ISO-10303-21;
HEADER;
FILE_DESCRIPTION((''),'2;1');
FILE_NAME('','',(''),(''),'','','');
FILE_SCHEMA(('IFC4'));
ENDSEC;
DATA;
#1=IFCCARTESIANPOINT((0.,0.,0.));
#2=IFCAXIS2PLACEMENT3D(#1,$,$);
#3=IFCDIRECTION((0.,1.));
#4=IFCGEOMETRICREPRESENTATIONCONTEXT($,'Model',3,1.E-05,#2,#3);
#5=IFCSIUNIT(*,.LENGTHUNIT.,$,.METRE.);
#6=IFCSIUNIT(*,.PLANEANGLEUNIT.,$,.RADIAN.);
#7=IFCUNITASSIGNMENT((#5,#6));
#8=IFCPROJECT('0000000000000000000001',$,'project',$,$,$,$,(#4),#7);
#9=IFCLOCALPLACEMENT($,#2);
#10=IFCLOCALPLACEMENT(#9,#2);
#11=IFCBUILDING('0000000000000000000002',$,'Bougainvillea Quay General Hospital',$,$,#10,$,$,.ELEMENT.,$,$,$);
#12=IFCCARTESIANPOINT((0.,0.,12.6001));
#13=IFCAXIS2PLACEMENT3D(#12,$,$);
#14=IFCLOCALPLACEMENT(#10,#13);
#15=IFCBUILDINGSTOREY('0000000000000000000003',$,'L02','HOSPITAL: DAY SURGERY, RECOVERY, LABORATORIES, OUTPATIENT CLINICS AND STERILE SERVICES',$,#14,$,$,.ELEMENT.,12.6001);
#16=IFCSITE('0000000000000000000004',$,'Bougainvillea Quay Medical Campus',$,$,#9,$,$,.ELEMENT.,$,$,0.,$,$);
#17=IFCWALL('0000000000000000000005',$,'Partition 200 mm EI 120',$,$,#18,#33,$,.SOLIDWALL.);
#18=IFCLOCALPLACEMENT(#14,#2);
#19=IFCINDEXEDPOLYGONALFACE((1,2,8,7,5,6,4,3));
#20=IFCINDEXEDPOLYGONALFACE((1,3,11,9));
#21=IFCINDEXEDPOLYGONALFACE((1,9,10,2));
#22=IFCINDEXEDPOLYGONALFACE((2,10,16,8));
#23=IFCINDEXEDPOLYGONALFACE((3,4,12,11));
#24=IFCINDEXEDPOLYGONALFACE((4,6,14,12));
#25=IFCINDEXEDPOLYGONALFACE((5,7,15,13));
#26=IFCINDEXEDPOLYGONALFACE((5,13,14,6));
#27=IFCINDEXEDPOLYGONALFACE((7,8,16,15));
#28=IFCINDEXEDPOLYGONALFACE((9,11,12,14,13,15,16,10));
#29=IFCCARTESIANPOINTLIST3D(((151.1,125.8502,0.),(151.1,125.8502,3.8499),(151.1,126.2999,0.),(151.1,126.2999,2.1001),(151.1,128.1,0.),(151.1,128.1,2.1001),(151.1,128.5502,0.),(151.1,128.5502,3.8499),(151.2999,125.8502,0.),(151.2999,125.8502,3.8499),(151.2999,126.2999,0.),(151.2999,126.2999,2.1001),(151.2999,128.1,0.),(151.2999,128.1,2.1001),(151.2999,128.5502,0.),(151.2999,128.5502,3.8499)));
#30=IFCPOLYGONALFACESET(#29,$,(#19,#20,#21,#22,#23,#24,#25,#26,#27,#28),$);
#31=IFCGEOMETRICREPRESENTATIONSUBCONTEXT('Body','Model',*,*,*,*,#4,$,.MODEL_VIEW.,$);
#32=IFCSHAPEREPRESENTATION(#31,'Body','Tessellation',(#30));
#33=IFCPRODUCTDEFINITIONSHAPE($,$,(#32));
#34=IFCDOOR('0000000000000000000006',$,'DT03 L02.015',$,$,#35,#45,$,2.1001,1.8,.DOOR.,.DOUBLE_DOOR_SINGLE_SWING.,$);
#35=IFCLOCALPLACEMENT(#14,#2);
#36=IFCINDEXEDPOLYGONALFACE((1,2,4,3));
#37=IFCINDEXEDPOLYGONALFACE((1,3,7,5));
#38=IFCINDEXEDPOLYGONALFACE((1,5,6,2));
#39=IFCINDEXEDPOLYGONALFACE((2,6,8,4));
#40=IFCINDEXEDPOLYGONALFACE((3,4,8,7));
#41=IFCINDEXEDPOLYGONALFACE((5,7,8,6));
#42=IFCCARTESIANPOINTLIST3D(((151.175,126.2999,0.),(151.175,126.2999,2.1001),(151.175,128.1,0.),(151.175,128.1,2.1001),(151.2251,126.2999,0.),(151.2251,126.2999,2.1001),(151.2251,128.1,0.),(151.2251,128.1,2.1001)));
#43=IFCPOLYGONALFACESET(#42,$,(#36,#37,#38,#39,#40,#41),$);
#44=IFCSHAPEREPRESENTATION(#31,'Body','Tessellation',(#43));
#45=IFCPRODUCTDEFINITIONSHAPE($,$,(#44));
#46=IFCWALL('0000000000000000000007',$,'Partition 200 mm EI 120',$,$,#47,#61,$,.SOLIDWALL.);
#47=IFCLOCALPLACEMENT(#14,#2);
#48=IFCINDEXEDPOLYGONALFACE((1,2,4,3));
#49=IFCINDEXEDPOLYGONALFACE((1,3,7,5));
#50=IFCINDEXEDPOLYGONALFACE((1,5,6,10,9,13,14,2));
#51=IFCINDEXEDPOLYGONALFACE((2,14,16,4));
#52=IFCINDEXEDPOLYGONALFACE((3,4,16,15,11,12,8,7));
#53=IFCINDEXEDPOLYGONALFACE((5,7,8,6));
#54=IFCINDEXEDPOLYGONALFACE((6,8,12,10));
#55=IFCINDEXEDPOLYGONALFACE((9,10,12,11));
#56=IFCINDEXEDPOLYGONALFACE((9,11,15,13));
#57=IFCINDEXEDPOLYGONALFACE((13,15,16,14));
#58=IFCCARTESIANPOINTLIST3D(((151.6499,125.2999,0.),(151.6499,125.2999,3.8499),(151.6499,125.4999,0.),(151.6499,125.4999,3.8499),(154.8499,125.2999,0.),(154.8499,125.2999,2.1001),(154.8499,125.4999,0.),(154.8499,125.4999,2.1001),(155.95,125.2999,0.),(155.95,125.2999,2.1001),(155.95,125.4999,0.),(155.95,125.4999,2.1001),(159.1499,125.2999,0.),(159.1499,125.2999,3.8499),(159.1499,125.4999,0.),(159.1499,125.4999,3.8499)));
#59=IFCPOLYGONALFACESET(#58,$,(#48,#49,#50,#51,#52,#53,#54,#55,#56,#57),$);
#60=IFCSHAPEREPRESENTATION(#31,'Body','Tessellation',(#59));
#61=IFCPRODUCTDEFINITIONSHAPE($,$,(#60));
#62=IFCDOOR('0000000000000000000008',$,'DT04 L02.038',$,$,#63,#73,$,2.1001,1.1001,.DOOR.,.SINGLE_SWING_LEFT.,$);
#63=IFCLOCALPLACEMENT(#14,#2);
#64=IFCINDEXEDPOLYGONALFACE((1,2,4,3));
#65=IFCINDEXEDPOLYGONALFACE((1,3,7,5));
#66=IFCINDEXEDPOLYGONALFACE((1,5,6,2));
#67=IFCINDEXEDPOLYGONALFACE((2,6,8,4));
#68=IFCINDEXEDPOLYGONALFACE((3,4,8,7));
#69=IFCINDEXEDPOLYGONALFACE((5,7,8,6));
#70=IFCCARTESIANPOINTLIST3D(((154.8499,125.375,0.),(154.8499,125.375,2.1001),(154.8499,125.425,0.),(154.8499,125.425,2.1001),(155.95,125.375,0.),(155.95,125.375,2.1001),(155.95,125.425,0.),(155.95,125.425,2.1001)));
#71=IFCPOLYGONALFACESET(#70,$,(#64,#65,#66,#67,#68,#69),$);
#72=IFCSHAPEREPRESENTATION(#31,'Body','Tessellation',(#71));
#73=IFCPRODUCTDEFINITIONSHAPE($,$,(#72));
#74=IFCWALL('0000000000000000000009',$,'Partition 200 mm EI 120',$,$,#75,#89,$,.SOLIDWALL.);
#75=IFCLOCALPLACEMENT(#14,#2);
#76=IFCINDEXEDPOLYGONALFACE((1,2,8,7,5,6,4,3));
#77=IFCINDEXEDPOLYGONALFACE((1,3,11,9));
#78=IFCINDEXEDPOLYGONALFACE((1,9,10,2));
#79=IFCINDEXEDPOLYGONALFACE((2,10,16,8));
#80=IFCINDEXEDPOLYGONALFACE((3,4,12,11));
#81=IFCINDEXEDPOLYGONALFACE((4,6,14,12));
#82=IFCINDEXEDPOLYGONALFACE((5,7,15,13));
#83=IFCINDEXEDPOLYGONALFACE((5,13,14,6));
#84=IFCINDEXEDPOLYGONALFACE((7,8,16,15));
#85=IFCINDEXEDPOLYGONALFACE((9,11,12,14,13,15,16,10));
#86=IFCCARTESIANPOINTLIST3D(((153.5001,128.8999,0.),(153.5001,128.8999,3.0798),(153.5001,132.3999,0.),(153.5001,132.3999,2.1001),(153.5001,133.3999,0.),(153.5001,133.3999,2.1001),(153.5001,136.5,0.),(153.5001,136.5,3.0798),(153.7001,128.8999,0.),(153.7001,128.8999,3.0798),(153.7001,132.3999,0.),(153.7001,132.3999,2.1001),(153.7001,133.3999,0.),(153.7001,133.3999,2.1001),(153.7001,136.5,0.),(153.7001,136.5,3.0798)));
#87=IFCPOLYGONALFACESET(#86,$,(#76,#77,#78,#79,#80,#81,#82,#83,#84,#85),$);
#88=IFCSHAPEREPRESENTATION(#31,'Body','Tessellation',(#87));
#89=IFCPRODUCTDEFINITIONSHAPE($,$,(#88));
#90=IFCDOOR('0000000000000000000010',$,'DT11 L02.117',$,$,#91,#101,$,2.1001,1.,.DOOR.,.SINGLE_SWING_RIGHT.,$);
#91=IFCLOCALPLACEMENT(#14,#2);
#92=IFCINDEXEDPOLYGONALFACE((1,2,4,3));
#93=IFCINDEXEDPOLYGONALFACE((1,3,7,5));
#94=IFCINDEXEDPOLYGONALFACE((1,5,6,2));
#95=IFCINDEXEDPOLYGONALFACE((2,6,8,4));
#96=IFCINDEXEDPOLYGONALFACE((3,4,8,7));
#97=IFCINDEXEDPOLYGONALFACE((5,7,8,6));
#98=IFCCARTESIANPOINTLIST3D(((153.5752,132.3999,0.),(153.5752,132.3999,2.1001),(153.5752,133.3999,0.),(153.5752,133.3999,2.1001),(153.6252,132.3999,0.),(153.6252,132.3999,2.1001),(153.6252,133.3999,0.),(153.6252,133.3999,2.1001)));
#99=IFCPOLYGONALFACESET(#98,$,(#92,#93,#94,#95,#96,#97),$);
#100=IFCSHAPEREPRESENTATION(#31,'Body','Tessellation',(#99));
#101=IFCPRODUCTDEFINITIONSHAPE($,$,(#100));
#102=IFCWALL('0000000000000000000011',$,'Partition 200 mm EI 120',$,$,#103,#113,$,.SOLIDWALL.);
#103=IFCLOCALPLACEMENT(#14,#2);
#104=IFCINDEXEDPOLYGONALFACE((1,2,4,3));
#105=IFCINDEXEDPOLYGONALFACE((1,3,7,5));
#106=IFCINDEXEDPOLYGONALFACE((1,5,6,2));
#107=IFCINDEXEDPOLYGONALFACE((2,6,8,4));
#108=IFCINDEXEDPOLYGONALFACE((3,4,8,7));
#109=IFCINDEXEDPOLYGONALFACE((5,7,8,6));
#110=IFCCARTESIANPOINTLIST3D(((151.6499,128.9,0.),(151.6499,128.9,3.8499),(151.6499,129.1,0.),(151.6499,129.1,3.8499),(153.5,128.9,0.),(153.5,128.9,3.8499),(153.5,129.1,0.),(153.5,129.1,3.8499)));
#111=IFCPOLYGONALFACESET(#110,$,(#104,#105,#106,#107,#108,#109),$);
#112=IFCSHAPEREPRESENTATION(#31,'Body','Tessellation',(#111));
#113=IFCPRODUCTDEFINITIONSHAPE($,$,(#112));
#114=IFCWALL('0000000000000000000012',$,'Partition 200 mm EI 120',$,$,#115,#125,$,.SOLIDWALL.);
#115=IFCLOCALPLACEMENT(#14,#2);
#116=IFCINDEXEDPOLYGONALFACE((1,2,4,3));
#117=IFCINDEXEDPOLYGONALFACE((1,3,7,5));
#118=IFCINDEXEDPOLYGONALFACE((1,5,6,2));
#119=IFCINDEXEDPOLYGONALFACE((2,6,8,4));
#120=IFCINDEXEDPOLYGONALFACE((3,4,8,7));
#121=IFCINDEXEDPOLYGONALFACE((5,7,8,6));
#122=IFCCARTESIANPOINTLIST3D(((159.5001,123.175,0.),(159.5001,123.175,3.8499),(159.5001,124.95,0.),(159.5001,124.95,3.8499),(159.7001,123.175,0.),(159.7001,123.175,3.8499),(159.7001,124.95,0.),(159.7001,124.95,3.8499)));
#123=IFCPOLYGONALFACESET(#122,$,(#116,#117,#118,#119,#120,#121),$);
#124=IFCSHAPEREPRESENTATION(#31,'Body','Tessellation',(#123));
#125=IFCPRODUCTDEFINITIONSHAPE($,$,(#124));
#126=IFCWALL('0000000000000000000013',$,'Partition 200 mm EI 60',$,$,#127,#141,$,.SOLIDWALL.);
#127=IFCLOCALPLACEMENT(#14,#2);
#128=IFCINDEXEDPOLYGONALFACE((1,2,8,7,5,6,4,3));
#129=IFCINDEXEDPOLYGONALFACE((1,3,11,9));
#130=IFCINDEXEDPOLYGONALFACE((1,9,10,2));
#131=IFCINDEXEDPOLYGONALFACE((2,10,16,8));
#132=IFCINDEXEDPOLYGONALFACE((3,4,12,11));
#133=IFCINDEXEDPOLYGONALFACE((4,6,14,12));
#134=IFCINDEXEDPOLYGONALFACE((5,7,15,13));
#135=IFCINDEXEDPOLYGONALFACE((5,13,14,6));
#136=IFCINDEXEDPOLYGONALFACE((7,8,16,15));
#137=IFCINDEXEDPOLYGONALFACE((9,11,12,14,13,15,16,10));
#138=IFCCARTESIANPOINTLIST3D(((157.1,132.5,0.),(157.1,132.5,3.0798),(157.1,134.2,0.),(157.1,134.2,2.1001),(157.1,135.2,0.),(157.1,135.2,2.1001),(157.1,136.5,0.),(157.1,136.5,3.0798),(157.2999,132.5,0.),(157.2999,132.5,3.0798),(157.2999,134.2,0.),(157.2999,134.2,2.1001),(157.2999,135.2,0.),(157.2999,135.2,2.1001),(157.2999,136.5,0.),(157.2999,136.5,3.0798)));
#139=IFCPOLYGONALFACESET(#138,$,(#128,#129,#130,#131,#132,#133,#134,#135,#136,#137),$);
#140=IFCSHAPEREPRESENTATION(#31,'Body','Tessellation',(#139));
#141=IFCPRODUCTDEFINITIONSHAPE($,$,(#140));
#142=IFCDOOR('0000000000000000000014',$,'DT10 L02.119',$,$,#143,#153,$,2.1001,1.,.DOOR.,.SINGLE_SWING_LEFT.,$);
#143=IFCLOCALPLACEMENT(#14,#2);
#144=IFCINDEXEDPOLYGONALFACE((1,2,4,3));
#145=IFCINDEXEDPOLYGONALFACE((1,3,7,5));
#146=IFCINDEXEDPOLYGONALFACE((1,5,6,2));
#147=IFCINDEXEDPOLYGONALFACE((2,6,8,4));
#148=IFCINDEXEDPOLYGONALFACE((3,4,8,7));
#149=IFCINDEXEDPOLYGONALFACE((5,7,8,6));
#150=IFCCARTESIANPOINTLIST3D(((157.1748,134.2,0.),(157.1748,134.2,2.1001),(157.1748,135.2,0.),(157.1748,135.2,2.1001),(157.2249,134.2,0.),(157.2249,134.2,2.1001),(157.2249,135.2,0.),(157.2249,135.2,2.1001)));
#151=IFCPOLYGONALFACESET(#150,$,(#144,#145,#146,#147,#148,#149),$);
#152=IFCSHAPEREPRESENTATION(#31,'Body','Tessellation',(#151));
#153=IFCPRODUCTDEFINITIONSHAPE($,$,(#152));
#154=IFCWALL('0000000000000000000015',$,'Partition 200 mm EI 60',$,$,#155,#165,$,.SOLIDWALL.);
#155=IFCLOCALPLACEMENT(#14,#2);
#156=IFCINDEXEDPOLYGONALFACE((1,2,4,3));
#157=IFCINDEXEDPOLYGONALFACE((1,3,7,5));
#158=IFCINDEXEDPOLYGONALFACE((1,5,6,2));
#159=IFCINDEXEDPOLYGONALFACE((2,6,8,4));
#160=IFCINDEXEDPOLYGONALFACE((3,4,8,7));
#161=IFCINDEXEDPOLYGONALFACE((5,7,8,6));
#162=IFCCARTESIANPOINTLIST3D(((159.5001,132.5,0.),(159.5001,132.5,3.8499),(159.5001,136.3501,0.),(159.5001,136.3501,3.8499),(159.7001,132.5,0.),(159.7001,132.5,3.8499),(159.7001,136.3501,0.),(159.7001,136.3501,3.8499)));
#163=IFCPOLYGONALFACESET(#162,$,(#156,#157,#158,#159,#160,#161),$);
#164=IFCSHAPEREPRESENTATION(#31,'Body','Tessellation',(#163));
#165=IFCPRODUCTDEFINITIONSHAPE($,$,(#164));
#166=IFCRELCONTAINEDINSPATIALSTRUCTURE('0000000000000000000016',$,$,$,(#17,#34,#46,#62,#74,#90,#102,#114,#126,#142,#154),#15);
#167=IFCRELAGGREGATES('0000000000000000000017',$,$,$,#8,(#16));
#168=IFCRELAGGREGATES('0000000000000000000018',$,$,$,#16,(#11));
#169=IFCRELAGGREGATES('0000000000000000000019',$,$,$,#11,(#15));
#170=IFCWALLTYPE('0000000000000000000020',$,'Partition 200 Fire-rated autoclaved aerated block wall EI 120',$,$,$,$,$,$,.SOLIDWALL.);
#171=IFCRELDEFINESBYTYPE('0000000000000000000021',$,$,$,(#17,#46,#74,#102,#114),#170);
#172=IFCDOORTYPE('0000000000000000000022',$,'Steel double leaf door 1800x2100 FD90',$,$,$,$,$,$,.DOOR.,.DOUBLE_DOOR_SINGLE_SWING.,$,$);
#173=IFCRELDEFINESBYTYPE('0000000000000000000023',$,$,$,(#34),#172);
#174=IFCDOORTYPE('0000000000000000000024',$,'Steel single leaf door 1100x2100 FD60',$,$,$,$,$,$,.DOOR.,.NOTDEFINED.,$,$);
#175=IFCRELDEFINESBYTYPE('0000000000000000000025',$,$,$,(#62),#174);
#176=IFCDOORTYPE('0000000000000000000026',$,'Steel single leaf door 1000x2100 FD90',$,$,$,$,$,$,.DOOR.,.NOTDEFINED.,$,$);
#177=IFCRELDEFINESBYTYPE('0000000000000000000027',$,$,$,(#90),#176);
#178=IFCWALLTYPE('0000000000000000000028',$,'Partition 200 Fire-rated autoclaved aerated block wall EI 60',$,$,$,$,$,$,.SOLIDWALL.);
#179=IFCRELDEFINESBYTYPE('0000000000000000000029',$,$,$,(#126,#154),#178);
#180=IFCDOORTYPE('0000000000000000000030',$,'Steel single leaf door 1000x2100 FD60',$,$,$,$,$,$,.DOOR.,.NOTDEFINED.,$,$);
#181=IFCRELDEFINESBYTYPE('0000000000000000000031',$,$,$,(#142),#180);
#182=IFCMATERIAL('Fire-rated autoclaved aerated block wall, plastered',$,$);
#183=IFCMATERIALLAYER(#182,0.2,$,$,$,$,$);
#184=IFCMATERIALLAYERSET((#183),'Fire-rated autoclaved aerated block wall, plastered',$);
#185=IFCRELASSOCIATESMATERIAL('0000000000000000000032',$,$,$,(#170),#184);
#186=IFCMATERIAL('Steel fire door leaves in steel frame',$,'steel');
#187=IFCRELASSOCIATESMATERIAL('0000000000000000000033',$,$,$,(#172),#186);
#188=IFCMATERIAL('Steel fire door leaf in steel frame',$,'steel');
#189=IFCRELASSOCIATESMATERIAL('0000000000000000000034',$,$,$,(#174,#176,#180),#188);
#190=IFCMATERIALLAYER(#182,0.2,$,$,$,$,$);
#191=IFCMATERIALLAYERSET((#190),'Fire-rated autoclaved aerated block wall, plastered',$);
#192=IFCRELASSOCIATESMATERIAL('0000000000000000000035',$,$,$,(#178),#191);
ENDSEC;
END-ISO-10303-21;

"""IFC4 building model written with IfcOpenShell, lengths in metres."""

from ifc_helpers import new_model, si_unit, direction, frame, frame_2d, origin, place, context, subcontext, project, spatial, rectangle, extrude, material, layer, layer_set, type_object, element, fill, save


model = new_model("IFC4")

# Units and contexts
model_context = context("Model", 3, precision=1e-05, world=origin(), true_north=direction((0.0, 1.0)))
body_context = subcontext(model_context, "Body", "Model", "MODEL_VIEW")
ifc_project = project(units=[si_unit("LENGTHUNIT", "METRE"), si_unit("PLANEANGLEUNIT", "RADIAN")], contexts=[model_context])

# Site, building, storey
site_placement = place(None, origin())
site = spatial("IfcSite", under=ifc_project, at=site_placement, Name="Bougainvillea Quay Medical Campus", CompositionType="ELEMENT", RefElevation=0.0)
building_placement = place(site_placement, origin())
building = spatial("IfcBuilding", under=site, at=building_placement, Name="Bougainvillea Quay General Hospital", CompositionType="ELEMENT")
storey_placement = place(building_placement, frame((0.0, 0.0, 12.6001)))
storey = spatial("IfcBuildingStorey", under=building, at=storey_placement, Name="L02", Description="HOSPITAL: DAY SURGERY, RECOVERY, LABORATORIES, OUTPATIENT CLINICS AND STERILE SERVICES", CompositionType="ELEMENT", Elevation=12.6001)

# Walls, openings, doors
ifc_material_1 = material(Name="Fire-rated autoclaved aerated block wall, plastered")
ifc_layer_1 = layer(ifc_material_1, 0.2)
ifc_layer_set_1 = layer_set([ifc_layer_1], Name="Fire-rated autoclaved aerated block wall, plastered")
wall_type_1 = type_object("IfcWallType", Name="Partition 200 Fire-rated autoclaved aerated block wall EI 120", PredefinedType="SOLIDWALL", material=ifc_layer_set_1)
wall_1_placement = place(storey_placement, frame((151.2, 125.8501, 0.0), z_axis=(0.0, 0.0, 1.0), x_axis=(0.0, 1.0, 0.0)))
wall_1 = element("IfcWall", 1, at=wall_1_placement, inside=storey, type_object=wall_type_1, Name="Partition 200 mm EI 120", PredefinedType="SOLIDWALL", context=body_context, shape_type="SweptSolid", body=[
    extrude(rectangle(XDim=2.7, YDim=0.2, at=frame_2d((1.3501, 0.0))), origin(), (0.0, 0.0, 1.0), 3.8499),
])
opening_1_placement = place(wall_1_placement, frame((0.45, 0.0, 0.0)))
opening_1 = element("IfcOpeningElement", 2, at=opening_1_placement, cuts=wall_1, PredefinedType="OPENING", context=body_context, shape_type="SweptSolid", body=[
    extrude(rectangle(XDim=1.8, YDim=2.1001, at=frame_2d((0.8999, 1.05))), frame((0.0, 0.1099, 0.0), z_axis=(0.0, -1.0, 0.0), x_axis=(1.0, 0.0, 0.0)), (0.0, 0.0, 1.0), 0.22),
])
ifc_material_2 = material(Name="Steel fire door leaves in steel frame", Category="steel")
door_type_1 = type_object("IfcDoorType", Name="Steel double leaf door 1800x2100 FD90", OperationType="DOUBLE_DOOR_SINGLE_SWING", PredefinedType="DOOR", material=ifc_material_2)
door_1_placement = place(opening_1_placement, origin())
door_1 = element("IfcDoor", 3, at=door_1_placement, inside=storey, type_object=door_type_1, Name="DT03 L02.015", OperationType="DOUBLE_DOOR_SINGLE_SWING", OverallHeight=2.1001, OverallWidth=1.8, PredefinedType="DOOR", context=body_context, shape_type="SweptSolid", body=[
    extrude(rectangle(XDim=1.8, YDim=2.1001, at=frame_2d((0.8999, 1.05))), frame((0.0, 0.0249, 0.0), z_axis=(0.0, -1.0, 0.0), x_axis=(1.0, 0.0, 0.0)), (0.0, 0.0, 1.0), 0.05),
])
fill(opening_1, door_1)
wall_2_placement = place(storey_placement, frame((151.6499, 125.3999, 0.0), z_axis=(0.0, 0.0, 1.0), x_axis=(1.0, 0.0, 0.0)))
wall_2 = element("IfcWall", 4, at=wall_2_placement, inside=storey, type_object=wall_type_1, Name="Partition 200 mm EI 120", PredefinedType="SOLIDWALL", context=body_context, shape_type="SweptSolid", body=[
    extrude(rectangle(XDim=7.5, YDim=0.2, at=frame_2d((3.75, 0.0))), origin(), (0.0, 0.0, 1.0), 3.8499),
])
opening_2_placement = place(wall_2_placement, frame((3.2, 0.0, 0.0)))
opening_2 = element("IfcOpeningElement", 5, at=opening_2_placement, cuts=wall_2, PredefinedType="OPENING", context=body_context, shape_type="SweptSolid", body=[
    extrude(rectangle(XDim=1.1001, YDim=2.1001, at=frame_2d((0.55, 1.05))), frame((0.0, 0.1099, 0.0), z_axis=(0.0, -1.0, 0.0), x_axis=(1.0, 0.0, 0.0)), (0.0, 0.0, 1.0), 0.22),
])
ifc_material_3 = material(Name="Steel fire door leaf in steel frame", Category="steel")
door_type_2 = type_object("IfcDoorType", Name="Steel single leaf door 1100x2100 FD60", OperationType="NOTDEFINED", PredefinedType="DOOR", material=ifc_material_3)
door_2_placement = place(opening_2_placement, frame((1.1001, 0.0, 0.0), z_axis=(0.0, 0.0, 1.0), x_axis=(-1.0, 0.0, 0.0)))
door_2 = element("IfcDoor", 6, at=door_2_placement, inside=storey, type_object=door_type_2, Name="DT04 L02.038", OperationType="SINGLE_SWING_LEFT", OverallHeight=2.1001, OverallWidth=1.1001, PredefinedType="DOOR", context=body_context, shape_type="SweptSolid", body=[
    extrude(rectangle(XDim=1.1001, YDim=2.1001, at=frame_2d((0.55, 1.05))), frame((0.0, 0.0249, 0.0), z_axis=(0.0, -1.0, 0.0), x_axis=(1.0, 0.0, 0.0)), (0.0, 0.0, 1.0), 0.05),
])
fill(opening_2, door_2)
wall_3_placement = place(storey_placement, frame((153.6001, 128.8999, 0.0), z_axis=(0.0, 0.0, 1.0), x_axis=(0.0, 1.0, 0.0)))
wall_3 = element("IfcWall", 7, at=wall_3_placement, inside=storey, type_object=wall_type_1, Name="Partition 200 mm EI 120", PredefinedType="SOLIDWALL", context=body_context, shape_type="SweptSolid", body=[
    extrude(rectangle(XDim=7.6001, YDim=0.2, at=frame_2d((3.8, 0.0))), origin(), (0.0, 0.0, 1.0), 3.0798),
])
opening_3_placement = place(wall_3_placement, frame((3.5, 0.0, 0.0)))
opening_3 = element("IfcOpeningElement", 8, at=opening_3_placement, cuts=wall_3, PredefinedType="OPENING", context=body_context, shape_type="SweptSolid", body=[
    extrude(rectangle(XDim=1.0, YDim=2.1001, at=frame_2d((0.5, 1.05))), frame((0.0, 0.1099, 0.0), z_axis=(0.0, -1.0, 0.0), x_axis=(1.0, 0.0, 0.0)), (0.0, 0.0, 1.0), 0.22),
])
door_type_3 = type_object("IfcDoorType", Name="Steel single leaf door 1000x2100 FD90", OperationType="NOTDEFINED", PredefinedType="DOOR", material=ifc_material_3)
door_3_placement = place(opening_3_placement, origin())
door_3 = element("IfcDoor", 9, at=door_3_placement, inside=storey, type_object=door_type_3, Name="DT11 L02.117", OperationType="SINGLE_SWING_RIGHT", OverallHeight=2.1001, OverallWidth=1.0, PredefinedType="DOOR", context=body_context, shape_type="SweptSolid", body=[
    extrude(rectangle(XDim=1.0, YDim=2.1001, at=frame_2d((0.5, 1.05))), frame((0.0, 0.0249, 0.0), z_axis=(0.0, -1.0, 0.0), x_axis=(1.0, 0.0, 0.0)), (0.0, 0.0, 1.0), 0.05),
])
fill(opening_3, door_3)

# Walls
wall_4_placement = place(storey_placement, frame((151.6499, 129.0, 0.0), z_axis=(0.0, 0.0, 1.0), x_axis=(1.0, 0.0, 0.0)))
element("IfcWall", 10, at=wall_4_placement, inside=storey, type_object=wall_type_1, Name="Partition 200 mm EI 120", PredefinedType="SOLIDWALL", context=body_context, shape_type="SweptSolid", body=[
    extrude(rectangle(XDim=1.8501, YDim=0.2, at=frame_2d((0.925, 0.0))), origin(), (0.0, 0.0, 1.0), 3.8499),
])
wall_5_placement = place(storey_placement, frame((159.6001, 123.175, 0.0), z_axis=(0.0, 0.0, 1.0), x_axis=(0.0, 1.0, 0.0)))
element("IfcWall", 11, at=wall_5_placement, inside=storey, type_object=wall_type_1, Name="Partition 200 mm EI 120", PredefinedType="SOLIDWALL", context=body_context, shape_type="SweptSolid", body=[
    extrude(rectangle(XDim=1.7749, YDim=0.2, at=frame_2d((0.8875, 0.0))), origin(), (0.0, 0.0, 1.0), 3.8499),
])

# Wall, opening, door
ifc_layer_2 = layer(ifc_material_1, 0.2)
ifc_layer_set_2 = layer_set([ifc_layer_2], Name="Fire-rated autoclaved aerated block wall, plastered")
wall_type_2 = type_object("IfcWallType", Name="Partition 200 Fire-rated autoclaved aerated block wall EI 60", PredefinedType="SOLIDWALL", material=ifc_layer_set_2)
wall_6_placement = place(storey_placement, frame((157.2, 132.5, 0.0), z_axis=(0.0, 0.0, 1.0), x_axis=(0.0, 1.0, 0.0)))
wall_6 = element("IfcWall", 12, at=wall_6_placement, inside=storey, type_object=wall_type_2, Name="Partition 200 mm EI 60", PredefinedType="SOLIDWALL", context=body_context, shape_type="SweptSolid", body=[
    extrude(rectangle(XDim=4.0, YDim=0.2, at=frame_2d((2.0, 0.0))), origin(), (0.0, 0.0, 1.0), 3.0798),
])
opening_4_placement = place(wall_6_placement, frame((1.7, 0.0, 0.0)))
opening_4 = element("IfcOpeningElement", 13, at=opening_4_placement, cuts=wall_6, PredefinedType="OPENING", context=body_context, shape_type="SweptSolid", body=[
    extrude(rectangle(XDim=1.0, YDim=2.1001, at=frame_2d((0.5, 1.05))), frame((0.0, 0.1099, 0.0), z_axis=(0.0, -1.0, 0.0), x_axis=(1.0, 0.0, 0.0)), (0.0, 0.0, 1.0), 0.22),
])
door_type_4 = type_object("IfcDoorType", Name="Steel single leaf door 1000x2100 FD60", OperationType="NOTDEFINED", PredefinedType="DOOR", material=ifc_material_3)
door_4_placement = place(opening_4_placement, frame((1.0, 0.0, 0.0), z_axis=(0.0, 0.0, 1.0), x_axis=(-1.0, 0.0, 0.0)))
door_4 = element("IfcDoor", 14, at=door_4_placement, inside=storey, type_object=door_type_4, Name="DT10 L02.119", OperationType="SINGLE_SWING_LEFT", OverallHeight=2.1001, OverallWidth=1.0, PredefinedType="DOOR", context=body_context, shape_type="SweptSolid", body=[
    extrude(rectangle(XDim=1.0, YDim=2.1001, at=frame_2d((0.5, 1.05))), frame((0.0, 0.0249, 0.0), z_axis=(0.0, -1.0, 0.0), x_axis=(1.0, 0.0, 0.0)), (0.0, 0.0, 1.0), 0.05),
])
fill(opening_4, door_4)

# Wall
wall_7_placement = place(storey_placement, frame((159.6001, 132.5, 0.0), z_axis=(0.0, 0.0, 1.0), x_axis=(0.0, 1.0, 0.0)))
element("IfcWall", 15, at=wall_7_placement, inside=storey, type_object=wall_type_2, Name="Partition 200 mm EI 60", PredefinedType="SOLIDWALL", context=body_context, shape_type="SweptSolid", body=[
    extrude(rectangle(XDim=3.8501, YDim=0.2, at=frame_2d((1.925, 0.0))), origin(), (0.0, 0.0, 1.0), 3.8499),
])

save(model, "model.ifc")
